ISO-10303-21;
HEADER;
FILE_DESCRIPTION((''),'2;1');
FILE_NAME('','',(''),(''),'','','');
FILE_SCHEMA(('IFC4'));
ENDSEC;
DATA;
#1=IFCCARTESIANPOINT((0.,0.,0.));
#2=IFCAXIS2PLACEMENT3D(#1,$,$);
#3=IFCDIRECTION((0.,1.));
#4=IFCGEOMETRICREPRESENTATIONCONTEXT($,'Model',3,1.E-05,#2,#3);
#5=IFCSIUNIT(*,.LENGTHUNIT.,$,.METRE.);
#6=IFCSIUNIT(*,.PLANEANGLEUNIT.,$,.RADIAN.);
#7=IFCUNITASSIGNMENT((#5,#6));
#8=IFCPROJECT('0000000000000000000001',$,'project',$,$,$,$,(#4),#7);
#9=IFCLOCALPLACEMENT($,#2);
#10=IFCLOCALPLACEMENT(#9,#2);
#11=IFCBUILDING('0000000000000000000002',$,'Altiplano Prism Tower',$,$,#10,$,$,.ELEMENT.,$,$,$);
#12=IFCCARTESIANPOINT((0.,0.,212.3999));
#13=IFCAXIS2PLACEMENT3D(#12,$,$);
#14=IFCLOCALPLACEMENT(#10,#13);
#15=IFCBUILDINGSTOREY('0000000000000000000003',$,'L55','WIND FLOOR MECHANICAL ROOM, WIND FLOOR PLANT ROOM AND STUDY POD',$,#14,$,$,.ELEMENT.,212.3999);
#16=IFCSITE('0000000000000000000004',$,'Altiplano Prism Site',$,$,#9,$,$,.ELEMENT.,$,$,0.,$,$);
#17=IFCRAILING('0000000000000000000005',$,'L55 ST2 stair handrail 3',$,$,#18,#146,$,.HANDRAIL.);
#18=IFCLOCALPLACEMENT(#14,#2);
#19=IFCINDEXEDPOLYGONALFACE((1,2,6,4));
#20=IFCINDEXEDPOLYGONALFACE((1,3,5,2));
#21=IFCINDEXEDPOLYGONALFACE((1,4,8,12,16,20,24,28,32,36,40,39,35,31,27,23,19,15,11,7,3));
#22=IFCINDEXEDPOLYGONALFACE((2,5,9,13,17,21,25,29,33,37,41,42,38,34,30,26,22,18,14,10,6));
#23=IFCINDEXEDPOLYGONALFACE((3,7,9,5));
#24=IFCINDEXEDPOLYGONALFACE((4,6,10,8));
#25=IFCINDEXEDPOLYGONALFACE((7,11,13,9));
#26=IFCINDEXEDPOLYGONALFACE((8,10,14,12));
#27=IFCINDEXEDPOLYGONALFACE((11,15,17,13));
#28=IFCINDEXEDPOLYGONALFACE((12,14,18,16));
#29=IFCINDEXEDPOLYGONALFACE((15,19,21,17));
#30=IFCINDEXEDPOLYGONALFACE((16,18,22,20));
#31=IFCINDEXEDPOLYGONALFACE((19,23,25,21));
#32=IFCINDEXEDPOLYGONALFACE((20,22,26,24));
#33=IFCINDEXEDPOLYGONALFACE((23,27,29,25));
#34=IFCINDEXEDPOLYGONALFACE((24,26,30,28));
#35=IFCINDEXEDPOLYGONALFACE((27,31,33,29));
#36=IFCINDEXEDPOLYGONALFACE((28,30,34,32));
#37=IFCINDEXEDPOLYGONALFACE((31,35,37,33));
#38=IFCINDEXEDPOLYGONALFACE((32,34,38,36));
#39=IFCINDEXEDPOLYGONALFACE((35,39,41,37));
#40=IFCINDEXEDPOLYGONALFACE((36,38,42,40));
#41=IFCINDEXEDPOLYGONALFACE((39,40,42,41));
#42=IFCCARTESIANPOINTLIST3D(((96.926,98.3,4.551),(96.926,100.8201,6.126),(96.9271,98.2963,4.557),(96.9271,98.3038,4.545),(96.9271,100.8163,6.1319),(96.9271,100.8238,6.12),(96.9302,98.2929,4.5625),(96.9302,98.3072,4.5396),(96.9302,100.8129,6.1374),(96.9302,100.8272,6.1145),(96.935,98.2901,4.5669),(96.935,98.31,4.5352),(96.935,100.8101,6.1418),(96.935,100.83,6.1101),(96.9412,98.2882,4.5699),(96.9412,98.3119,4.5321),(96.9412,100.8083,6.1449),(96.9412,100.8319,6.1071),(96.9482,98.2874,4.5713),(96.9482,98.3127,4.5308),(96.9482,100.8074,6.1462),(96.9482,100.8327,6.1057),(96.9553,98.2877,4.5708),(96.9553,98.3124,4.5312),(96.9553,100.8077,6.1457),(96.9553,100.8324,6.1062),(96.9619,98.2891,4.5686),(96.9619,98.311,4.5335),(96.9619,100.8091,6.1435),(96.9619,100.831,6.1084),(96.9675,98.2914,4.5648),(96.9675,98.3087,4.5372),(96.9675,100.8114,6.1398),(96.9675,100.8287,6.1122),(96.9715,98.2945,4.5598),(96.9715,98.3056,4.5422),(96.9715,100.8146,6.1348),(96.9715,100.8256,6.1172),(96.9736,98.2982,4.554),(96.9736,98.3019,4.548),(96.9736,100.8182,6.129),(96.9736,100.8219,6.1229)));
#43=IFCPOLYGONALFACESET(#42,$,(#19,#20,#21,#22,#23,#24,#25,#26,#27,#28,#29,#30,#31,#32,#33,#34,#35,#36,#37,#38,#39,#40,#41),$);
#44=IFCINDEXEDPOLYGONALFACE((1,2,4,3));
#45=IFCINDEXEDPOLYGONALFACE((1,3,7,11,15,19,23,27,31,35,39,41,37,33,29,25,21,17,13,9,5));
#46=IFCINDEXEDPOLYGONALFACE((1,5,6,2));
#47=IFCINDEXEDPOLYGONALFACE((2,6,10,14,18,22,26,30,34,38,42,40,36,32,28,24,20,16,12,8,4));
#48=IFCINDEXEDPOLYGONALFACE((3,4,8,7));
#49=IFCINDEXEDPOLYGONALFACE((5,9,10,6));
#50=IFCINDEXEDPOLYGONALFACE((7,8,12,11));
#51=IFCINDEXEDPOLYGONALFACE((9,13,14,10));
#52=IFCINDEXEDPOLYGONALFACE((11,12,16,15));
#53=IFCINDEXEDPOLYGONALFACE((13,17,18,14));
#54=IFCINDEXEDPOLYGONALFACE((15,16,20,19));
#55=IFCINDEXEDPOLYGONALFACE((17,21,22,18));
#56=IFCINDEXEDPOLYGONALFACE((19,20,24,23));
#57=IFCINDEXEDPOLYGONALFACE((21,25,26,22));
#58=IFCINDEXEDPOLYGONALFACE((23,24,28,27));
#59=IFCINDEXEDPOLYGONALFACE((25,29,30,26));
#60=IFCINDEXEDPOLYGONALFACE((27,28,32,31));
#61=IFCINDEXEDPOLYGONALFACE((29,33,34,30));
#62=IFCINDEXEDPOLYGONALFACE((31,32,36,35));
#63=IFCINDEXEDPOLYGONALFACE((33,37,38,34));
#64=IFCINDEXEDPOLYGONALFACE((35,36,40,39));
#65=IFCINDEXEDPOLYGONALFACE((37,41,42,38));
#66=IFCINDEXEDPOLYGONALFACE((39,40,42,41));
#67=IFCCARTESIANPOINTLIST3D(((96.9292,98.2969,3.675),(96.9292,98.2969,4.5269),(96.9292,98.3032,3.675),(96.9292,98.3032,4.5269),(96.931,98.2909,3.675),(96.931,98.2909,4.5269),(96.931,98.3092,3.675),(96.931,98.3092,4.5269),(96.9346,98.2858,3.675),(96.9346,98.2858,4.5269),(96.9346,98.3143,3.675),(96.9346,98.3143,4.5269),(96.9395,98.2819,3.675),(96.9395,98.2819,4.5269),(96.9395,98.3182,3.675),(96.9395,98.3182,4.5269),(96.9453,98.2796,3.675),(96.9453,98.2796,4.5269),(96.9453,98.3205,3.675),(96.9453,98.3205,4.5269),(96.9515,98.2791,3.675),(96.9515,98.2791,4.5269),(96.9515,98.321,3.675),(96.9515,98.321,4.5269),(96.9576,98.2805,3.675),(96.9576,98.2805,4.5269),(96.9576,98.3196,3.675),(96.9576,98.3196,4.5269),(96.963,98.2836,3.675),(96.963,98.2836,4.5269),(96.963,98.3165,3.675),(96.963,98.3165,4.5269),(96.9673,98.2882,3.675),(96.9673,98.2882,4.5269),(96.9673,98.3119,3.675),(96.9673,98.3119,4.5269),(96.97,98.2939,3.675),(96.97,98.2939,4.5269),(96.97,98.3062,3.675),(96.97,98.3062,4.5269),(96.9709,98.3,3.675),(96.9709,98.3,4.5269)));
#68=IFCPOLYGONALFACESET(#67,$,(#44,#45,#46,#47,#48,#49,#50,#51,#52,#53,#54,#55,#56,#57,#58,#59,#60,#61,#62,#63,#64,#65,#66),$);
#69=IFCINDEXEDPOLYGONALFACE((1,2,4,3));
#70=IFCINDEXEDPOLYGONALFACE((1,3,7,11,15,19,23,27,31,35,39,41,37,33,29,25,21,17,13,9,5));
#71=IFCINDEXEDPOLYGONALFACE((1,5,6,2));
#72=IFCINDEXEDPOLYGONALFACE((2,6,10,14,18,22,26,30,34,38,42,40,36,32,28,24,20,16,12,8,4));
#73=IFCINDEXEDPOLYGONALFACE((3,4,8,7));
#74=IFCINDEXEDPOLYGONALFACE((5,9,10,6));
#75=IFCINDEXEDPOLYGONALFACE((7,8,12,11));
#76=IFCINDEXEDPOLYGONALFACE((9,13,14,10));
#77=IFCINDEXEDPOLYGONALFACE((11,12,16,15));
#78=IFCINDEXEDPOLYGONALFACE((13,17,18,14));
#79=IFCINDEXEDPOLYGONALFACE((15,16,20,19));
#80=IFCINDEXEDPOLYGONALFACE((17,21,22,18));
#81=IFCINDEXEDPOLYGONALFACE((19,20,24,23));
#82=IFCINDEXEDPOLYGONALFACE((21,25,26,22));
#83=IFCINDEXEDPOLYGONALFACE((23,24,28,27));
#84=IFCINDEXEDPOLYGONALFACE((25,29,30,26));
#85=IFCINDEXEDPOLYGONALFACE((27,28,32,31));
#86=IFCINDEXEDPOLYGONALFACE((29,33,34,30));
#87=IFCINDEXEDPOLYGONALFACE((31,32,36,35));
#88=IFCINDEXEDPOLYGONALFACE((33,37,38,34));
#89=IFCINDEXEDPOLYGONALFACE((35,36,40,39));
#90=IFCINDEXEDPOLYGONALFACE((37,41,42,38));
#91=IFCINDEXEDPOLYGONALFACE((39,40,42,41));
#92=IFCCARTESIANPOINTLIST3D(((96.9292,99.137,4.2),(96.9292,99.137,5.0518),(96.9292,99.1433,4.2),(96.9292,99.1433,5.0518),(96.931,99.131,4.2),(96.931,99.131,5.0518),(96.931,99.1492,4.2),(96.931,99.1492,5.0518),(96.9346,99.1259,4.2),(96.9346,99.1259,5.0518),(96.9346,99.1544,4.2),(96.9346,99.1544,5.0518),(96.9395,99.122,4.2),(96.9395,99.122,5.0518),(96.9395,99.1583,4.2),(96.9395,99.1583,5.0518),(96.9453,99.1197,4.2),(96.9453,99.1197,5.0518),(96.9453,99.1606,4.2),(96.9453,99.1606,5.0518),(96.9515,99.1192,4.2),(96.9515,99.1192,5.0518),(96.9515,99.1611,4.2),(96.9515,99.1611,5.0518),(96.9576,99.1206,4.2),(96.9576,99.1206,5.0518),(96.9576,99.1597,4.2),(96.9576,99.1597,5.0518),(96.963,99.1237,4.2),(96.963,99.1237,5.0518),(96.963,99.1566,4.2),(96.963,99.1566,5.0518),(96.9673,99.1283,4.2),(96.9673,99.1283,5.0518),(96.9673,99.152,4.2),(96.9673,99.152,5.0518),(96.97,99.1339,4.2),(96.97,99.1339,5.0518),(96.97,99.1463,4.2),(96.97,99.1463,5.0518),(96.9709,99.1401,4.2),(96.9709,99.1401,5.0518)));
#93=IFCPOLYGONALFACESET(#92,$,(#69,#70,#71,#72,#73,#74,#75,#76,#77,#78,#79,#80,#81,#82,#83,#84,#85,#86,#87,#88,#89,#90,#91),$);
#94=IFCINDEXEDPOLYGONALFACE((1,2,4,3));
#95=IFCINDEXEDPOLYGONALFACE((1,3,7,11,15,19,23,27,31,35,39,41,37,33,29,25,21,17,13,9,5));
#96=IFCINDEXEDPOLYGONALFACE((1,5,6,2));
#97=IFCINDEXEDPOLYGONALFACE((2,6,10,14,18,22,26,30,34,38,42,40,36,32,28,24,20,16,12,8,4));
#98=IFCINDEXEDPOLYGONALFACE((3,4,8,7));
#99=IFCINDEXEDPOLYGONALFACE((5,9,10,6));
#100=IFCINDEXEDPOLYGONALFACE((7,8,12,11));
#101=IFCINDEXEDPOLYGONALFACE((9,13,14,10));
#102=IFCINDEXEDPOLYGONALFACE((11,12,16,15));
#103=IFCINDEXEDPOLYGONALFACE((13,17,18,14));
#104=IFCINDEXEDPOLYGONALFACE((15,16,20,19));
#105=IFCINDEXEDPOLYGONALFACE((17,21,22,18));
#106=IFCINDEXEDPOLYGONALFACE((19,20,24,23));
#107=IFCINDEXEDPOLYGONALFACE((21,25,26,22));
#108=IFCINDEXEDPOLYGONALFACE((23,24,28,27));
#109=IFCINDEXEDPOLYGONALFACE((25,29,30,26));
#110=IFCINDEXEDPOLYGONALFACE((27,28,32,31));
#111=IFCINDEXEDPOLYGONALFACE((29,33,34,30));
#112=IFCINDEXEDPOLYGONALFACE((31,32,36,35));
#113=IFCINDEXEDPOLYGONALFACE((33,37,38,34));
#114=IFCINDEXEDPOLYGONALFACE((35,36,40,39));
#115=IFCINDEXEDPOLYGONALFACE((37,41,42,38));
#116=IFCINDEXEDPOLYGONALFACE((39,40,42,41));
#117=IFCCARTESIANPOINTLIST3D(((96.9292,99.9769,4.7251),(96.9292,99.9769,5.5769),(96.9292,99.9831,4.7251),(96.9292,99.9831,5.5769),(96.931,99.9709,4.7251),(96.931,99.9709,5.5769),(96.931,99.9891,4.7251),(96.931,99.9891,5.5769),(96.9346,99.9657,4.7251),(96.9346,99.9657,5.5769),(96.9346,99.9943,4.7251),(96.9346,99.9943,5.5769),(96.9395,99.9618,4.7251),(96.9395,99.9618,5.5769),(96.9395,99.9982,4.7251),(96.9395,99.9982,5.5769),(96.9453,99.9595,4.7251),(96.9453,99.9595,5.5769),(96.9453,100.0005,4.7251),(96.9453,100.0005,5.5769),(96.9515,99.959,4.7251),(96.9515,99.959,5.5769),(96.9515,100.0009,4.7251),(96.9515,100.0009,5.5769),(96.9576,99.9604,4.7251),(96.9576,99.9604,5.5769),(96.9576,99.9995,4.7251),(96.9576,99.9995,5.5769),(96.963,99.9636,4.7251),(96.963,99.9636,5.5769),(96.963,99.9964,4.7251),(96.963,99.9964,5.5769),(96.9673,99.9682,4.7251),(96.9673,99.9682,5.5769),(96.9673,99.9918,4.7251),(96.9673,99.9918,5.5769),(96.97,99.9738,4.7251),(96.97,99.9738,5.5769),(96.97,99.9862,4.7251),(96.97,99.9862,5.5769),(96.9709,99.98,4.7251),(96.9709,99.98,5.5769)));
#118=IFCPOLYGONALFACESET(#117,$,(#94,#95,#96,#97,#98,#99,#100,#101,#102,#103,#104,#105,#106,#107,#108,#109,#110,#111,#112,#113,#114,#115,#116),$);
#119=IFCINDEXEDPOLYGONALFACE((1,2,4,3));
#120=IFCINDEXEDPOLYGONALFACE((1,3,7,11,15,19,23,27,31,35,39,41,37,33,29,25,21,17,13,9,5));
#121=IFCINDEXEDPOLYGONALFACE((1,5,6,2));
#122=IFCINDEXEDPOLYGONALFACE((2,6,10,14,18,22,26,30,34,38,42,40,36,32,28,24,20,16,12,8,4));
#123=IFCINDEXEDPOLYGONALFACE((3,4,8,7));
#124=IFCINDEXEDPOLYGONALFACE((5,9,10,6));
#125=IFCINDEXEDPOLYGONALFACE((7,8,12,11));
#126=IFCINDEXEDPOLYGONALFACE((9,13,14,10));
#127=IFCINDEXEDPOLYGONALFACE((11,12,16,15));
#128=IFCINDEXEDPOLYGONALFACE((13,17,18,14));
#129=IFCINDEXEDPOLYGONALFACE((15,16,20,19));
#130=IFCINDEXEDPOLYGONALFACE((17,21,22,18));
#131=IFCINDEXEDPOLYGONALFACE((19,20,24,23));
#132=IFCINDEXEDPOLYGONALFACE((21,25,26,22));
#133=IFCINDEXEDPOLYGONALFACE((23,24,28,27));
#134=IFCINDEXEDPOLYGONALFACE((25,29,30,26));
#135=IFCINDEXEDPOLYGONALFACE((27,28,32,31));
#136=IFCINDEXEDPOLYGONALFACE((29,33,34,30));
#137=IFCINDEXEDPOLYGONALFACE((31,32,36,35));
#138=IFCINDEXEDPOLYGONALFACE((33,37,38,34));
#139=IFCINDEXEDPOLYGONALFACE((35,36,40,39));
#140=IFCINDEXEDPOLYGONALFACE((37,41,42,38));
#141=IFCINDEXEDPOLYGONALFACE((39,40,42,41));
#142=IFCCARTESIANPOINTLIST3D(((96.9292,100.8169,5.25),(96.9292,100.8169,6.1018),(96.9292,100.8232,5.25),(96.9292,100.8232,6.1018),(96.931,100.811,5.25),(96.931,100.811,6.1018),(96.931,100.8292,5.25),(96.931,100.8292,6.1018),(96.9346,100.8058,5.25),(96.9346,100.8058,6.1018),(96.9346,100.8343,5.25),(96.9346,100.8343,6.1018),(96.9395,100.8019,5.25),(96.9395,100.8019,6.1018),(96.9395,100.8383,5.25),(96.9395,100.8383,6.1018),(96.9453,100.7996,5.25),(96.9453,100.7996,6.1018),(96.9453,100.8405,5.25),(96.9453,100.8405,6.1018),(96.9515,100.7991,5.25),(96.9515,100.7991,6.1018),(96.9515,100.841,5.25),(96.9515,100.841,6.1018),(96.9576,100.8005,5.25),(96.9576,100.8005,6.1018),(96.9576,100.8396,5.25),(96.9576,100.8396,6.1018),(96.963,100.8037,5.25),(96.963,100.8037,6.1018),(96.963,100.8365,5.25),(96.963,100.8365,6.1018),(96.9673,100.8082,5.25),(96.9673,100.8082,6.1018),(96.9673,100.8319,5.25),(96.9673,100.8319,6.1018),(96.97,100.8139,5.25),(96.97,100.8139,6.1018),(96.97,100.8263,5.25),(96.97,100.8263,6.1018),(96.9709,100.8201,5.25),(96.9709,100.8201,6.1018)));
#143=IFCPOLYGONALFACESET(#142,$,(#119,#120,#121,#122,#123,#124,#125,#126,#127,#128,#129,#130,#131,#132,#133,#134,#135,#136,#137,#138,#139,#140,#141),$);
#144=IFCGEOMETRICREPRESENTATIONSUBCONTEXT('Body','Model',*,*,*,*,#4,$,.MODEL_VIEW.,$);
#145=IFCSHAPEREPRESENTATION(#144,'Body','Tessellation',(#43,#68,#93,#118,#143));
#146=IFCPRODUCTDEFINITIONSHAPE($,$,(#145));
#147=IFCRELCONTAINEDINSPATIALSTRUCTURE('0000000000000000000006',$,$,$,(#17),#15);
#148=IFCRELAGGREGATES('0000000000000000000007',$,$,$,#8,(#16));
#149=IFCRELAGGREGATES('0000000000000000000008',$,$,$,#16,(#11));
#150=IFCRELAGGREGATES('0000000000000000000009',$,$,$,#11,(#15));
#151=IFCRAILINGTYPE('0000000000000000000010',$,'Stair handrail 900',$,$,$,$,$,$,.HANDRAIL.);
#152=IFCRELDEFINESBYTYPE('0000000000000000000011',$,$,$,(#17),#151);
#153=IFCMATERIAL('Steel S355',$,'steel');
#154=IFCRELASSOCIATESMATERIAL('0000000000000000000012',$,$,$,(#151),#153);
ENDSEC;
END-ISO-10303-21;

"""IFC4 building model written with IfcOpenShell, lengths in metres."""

from ifc_helpers import new_model, si_unit, direction, frame, origin, origin_2d, place, context, subcontext, project, spatial, circle, extrude, material, type_object, element, save


model = new_model("IFC4")

# Units and contexts
model_context = context("Model", 3, precision=1e-05, world=origin(), true_north=direction((0.0, 1.0)))
body_context = subcontext(model_context, "Body", "Model", "MODEL_VIEW")
ifc_project = project(units=[si_unit("LENGTHUNIT", "METRE"), si_unit("PLANEANGLEUNIT", "RADIAN")], contexts=[model_context])

# Site, building, storey
site_placement = place(None, origin())
site = spatial("IfcSite", under=ifc_project, at=site_placement, Name="Altiplano Prism Site", CompositionType="ELEMENT", RefElevation=0.0)
building_placement = place(site_placement, origin())
building = spatial("IfcBuilding", under=site, at=building_placement, Name="Altiplano Prism Tower", CompositionType="ELEMENT")
storey_placement = place(building_placement, frame((0.0, 0.0, 212.3999)))
storey = spatial("IfcBuildingStorey", under=building, at=storey_placement, Name="L55", Description="WIND FLOOR MECHANICAL ROOM, WIND FLOOR PLANT ROOM AND STUDY POD", CompositionType="ELEMENT", Elevation=212.3999)

# Shared definitions
ifc_material_1 = material(Name="Steel S355", Category="steel")

# Railing
railing_type_1 = type_object("IfcRailingType", Name="Stair handrail 900", PredefinedType="HANDRAIL", material=ifc_material_1)
railing_1_placement = place(storey_placement, frame((96.95, 98.3, 3.675)))
element("IfcRailing", 1, at=railing_1_placement, inside=storey, type_object=railing_type_1, Name="L55 ST2 stair handrail 3", PredefinedType="HANDRAIL", context=body_context, shape_type="SweptSolid", body=[
    extrude(circle(Radius=0.0239, at=origin_2d()), frame((0.0, 0.0, 0.876), z_axis=(0.0, 0.848008, 0.529984), x_axis=(-1.0, 0.0, 0.0)), (0.0, 0.0, 1.0), 2.9717),
    extrude(circle(Radius=0.021, at=origin_2d()), origin(), (0.0, 0.0, 1.0), 0.8518),
    extrude(circle(Radius=0.021, at=origin_2d()), frame((0.0, 0.8401, 0.5249)), (0.0, 0.0, 1.0), 0.8518),
    extrude(circle(Radius=0.021, at=origin_2d()), frame((0.0, 1.6799, 1.05)), (0.0, 0.0, 1.0), 0.8518),
    extrude(circle(Radius=0.021, at=origin_2d()), frame((0.0, 2.52, 1.575)), (0.0, 0.0, 1.0), 0.8518),
])

save(model, "model.ifc")
